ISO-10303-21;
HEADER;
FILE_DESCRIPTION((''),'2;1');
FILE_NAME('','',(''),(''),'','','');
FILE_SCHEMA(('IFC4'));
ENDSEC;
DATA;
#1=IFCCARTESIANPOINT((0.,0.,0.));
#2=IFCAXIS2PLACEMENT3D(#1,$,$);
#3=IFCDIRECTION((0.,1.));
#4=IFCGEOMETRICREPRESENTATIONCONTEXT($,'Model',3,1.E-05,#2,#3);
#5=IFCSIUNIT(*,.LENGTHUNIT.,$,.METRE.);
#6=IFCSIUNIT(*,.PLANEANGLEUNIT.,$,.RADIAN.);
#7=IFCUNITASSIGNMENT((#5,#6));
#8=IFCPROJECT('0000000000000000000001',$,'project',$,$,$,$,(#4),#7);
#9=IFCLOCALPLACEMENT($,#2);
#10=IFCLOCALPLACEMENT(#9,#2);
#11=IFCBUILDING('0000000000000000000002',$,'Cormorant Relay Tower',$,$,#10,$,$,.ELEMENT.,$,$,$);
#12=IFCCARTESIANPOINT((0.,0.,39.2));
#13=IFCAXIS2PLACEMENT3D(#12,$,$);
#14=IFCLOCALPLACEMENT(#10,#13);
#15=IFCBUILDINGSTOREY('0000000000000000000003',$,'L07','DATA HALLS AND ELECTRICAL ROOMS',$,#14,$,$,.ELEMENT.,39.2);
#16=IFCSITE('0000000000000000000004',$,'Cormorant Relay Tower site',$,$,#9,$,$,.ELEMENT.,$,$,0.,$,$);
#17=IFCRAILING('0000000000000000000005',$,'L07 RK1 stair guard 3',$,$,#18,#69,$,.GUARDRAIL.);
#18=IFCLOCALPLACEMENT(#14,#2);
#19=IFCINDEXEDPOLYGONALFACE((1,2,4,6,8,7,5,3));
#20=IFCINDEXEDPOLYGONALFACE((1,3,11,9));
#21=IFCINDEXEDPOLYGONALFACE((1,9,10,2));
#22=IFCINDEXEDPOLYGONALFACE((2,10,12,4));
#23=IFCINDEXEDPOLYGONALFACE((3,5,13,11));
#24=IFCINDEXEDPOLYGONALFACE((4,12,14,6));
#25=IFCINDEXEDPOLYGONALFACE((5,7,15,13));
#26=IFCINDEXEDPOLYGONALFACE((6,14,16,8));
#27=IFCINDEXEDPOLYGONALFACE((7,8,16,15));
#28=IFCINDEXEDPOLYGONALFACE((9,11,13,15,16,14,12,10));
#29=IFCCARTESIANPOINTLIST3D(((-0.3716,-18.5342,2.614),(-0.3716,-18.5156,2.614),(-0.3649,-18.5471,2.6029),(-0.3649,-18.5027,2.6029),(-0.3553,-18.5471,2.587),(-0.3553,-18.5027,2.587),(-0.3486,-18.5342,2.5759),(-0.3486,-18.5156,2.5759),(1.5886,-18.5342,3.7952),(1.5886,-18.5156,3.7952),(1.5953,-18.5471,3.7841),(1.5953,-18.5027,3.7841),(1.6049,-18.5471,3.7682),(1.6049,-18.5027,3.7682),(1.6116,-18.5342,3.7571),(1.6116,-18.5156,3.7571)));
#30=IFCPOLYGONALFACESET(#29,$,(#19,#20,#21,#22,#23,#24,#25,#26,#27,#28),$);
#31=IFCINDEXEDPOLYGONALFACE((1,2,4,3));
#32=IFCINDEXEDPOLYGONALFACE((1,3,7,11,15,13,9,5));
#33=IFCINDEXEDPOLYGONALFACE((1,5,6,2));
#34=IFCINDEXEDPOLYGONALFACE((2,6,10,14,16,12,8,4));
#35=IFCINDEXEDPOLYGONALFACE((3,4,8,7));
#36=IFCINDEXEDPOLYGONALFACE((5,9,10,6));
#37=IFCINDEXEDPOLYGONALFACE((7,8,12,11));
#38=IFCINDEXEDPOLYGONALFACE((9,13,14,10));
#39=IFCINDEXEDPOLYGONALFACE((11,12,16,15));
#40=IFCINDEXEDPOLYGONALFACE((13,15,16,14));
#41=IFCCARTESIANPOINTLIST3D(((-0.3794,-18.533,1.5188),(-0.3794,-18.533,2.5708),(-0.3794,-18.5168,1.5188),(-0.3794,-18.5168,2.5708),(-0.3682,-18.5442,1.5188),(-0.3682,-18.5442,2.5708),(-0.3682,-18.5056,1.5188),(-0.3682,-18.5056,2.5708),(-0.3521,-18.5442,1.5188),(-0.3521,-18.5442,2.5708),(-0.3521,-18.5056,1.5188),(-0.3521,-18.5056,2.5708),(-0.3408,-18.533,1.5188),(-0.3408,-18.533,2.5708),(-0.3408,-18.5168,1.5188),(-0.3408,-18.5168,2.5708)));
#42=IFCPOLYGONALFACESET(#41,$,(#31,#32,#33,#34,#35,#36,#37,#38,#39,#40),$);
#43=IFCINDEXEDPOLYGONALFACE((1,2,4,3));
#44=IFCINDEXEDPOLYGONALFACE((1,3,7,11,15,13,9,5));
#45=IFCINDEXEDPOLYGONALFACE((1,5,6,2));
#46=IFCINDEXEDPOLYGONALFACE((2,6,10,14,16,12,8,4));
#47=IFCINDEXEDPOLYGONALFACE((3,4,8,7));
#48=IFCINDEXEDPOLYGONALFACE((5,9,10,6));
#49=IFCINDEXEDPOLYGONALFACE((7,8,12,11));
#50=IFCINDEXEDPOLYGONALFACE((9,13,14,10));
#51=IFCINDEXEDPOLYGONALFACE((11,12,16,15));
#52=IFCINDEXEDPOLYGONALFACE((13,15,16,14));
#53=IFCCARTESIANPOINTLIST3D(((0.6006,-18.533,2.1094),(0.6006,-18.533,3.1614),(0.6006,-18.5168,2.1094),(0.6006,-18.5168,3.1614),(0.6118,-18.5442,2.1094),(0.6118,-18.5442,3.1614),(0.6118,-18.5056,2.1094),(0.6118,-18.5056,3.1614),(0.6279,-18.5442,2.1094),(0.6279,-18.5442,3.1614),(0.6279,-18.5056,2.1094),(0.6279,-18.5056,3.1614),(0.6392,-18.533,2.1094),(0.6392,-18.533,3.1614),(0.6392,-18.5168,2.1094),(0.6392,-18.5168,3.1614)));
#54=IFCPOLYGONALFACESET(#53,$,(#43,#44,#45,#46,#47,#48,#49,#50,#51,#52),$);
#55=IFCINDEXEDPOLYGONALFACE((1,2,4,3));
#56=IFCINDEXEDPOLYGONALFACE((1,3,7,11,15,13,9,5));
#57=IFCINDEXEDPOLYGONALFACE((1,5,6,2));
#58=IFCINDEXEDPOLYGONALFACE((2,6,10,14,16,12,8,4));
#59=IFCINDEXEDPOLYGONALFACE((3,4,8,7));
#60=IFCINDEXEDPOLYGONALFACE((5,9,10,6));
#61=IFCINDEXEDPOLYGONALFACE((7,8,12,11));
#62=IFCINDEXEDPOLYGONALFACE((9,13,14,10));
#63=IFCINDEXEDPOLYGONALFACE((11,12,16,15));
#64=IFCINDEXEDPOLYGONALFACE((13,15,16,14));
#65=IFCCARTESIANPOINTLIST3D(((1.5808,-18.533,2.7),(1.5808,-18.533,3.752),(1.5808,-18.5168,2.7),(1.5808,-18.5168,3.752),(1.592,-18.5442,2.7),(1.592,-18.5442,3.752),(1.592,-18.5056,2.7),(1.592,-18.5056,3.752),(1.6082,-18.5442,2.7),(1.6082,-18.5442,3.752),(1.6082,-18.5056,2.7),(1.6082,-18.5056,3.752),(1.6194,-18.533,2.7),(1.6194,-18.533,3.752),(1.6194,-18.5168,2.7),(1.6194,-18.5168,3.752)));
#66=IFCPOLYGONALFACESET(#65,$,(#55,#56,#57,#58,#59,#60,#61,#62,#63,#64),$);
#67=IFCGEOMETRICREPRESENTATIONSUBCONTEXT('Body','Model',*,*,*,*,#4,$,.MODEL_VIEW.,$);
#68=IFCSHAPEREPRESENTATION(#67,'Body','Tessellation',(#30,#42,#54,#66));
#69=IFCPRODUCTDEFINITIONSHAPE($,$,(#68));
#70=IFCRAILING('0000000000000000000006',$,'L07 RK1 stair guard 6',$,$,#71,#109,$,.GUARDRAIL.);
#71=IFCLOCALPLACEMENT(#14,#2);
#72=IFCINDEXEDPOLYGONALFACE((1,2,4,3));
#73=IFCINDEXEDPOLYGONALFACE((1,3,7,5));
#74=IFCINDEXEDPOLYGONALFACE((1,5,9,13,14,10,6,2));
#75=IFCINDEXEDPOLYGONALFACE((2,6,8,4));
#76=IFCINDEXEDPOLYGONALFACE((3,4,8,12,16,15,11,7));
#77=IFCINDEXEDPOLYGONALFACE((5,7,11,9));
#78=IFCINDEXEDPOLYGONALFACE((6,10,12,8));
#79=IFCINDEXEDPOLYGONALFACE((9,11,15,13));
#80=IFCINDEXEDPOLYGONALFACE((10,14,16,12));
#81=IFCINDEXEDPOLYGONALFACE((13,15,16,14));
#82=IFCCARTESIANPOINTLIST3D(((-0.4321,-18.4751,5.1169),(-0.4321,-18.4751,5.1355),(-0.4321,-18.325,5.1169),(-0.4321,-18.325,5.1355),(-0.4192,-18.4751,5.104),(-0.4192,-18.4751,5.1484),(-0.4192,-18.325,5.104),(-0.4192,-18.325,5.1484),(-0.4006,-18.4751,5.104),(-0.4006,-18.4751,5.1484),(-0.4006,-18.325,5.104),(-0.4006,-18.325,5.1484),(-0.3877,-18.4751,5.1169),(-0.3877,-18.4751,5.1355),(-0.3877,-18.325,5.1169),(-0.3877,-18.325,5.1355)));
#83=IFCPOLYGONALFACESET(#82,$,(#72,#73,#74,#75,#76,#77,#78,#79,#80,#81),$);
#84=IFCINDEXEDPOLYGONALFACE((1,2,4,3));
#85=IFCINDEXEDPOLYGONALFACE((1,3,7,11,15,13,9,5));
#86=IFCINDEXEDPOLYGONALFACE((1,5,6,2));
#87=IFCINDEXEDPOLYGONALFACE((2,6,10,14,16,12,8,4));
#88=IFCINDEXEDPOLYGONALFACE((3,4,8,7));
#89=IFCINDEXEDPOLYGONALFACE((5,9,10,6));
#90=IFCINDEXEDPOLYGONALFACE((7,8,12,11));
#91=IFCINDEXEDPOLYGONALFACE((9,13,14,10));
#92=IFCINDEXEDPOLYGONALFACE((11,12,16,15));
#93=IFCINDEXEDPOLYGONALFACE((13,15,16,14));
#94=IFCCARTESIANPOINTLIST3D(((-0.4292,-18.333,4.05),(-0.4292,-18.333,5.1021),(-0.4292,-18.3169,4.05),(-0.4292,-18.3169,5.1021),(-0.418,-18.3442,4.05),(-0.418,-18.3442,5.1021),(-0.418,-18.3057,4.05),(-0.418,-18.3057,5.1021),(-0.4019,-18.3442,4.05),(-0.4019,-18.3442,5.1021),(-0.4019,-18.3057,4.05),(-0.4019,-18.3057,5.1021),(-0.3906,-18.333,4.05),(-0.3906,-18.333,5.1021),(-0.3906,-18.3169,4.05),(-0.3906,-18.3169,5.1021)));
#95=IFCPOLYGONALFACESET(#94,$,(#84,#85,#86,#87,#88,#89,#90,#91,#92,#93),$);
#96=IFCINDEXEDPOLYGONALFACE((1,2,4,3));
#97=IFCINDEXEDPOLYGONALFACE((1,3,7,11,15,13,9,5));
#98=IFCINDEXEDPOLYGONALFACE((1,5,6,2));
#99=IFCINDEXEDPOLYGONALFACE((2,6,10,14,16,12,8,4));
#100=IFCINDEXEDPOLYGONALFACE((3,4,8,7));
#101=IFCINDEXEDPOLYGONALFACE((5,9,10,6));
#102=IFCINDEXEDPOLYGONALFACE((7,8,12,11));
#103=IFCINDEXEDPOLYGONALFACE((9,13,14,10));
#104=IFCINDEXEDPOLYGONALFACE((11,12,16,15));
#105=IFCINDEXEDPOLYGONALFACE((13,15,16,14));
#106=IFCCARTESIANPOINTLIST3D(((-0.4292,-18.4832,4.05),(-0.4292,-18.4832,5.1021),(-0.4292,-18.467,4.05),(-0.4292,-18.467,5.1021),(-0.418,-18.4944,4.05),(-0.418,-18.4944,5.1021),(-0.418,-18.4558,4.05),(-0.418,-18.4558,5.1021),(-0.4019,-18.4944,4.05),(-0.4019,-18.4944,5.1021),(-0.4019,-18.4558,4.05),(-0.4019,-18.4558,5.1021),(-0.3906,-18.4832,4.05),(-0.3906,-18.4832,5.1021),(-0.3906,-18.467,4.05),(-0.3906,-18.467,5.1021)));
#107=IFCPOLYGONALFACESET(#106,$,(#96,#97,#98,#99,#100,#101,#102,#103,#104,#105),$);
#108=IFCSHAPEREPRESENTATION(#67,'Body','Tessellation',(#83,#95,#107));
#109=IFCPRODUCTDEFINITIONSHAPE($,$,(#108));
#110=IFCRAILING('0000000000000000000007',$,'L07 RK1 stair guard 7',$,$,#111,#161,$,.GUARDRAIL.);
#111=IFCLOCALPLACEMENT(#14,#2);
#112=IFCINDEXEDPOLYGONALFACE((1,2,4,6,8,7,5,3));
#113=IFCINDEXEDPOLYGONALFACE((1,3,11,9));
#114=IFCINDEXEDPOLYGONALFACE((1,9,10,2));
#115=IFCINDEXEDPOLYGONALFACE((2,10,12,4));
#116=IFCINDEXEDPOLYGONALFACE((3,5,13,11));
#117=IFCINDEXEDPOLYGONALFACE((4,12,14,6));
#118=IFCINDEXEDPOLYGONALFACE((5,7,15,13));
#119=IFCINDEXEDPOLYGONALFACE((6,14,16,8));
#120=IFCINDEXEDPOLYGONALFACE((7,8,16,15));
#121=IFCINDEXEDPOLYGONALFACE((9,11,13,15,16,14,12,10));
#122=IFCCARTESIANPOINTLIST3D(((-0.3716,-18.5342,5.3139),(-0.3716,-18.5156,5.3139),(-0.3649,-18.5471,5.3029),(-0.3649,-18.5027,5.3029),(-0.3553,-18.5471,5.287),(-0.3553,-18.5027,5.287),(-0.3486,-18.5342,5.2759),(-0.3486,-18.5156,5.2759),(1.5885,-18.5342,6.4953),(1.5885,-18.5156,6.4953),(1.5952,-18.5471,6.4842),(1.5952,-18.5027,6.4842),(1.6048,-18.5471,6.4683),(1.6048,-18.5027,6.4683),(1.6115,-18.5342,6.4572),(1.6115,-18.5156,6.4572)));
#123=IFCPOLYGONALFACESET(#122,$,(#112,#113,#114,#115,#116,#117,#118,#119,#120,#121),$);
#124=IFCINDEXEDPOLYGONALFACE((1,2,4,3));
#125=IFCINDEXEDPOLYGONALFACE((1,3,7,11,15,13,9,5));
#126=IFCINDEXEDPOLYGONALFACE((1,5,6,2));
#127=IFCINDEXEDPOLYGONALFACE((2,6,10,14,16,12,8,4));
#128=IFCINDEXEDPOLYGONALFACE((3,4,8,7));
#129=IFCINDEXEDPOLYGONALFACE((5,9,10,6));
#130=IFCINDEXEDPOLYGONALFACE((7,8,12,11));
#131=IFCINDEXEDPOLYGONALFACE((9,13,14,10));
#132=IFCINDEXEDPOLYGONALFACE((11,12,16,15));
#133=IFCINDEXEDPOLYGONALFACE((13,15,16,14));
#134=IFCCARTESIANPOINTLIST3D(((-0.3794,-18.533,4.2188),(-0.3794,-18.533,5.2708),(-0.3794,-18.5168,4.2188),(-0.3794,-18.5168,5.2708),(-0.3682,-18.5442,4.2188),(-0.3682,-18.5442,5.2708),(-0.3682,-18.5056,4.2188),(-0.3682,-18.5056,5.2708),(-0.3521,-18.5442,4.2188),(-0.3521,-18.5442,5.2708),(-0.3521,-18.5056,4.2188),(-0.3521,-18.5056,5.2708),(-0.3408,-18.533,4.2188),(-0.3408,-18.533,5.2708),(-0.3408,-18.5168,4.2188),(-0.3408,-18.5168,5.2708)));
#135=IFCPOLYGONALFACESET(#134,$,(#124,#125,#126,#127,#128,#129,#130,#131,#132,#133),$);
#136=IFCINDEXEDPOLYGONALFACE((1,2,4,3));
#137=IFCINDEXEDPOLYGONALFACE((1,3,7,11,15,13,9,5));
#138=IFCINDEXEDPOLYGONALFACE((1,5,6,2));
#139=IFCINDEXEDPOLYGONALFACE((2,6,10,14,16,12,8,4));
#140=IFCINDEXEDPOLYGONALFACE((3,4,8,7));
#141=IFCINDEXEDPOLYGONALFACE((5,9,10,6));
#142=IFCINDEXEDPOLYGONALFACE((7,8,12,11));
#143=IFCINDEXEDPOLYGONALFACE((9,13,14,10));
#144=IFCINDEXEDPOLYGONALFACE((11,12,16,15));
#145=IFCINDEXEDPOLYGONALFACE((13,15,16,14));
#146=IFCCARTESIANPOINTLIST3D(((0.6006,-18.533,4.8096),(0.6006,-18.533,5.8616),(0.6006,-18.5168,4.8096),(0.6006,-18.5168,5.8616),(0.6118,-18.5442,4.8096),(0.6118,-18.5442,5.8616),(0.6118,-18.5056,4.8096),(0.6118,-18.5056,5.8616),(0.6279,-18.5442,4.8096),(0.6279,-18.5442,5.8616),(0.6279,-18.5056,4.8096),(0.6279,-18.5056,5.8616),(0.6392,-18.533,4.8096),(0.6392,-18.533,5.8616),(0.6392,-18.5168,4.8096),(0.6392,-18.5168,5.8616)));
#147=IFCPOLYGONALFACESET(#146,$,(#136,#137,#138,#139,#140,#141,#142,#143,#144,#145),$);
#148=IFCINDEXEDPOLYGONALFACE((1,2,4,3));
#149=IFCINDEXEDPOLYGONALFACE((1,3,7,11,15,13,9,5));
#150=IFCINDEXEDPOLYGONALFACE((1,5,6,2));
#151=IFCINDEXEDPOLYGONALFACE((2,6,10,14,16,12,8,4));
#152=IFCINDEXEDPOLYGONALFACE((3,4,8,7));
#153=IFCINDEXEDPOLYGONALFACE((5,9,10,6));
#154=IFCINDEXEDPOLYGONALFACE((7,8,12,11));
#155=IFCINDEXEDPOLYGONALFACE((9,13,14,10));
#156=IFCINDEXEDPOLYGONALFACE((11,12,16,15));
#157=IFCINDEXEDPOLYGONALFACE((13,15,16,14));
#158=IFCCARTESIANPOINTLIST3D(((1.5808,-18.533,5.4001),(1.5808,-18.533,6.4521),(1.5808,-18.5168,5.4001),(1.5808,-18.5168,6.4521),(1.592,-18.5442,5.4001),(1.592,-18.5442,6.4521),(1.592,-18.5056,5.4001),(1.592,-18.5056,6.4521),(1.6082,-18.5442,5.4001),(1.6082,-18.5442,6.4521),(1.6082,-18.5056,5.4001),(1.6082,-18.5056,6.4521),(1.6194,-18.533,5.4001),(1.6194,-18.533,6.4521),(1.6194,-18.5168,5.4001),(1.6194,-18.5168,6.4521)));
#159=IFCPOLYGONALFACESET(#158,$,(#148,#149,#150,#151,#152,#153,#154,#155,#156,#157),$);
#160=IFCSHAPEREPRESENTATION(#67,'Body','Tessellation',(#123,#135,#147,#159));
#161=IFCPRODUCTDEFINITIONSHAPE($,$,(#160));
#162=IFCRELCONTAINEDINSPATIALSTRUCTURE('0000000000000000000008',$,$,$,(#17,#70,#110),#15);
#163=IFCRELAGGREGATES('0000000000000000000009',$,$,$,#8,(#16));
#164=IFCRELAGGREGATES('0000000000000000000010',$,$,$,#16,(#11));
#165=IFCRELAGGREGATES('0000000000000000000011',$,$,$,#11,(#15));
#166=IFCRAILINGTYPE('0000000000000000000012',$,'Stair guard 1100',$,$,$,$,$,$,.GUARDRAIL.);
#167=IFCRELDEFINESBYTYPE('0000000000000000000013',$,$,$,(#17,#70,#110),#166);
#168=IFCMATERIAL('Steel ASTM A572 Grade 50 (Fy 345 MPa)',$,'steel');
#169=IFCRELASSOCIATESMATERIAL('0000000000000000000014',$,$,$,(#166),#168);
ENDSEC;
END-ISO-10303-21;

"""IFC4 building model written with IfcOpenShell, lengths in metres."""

from ifc_helpers import new_model, si_unit, direction, frame, origin, place, context, subcontext, project, spatial, polyline, outline, extrude, material, type_object, element, save


model = new_model("IFC4")

# Units and contexts
model_context = context("Model", 3, precision=1e-05, world=origin(), true_north=direction((0.0, 1.0)))
body_context = subcontext(model_context, "Body", "Model", "MODEL_VIEW")
ifc_project = project(units=[si_unit("LENGTHUNIT", "METRE"), si_unit("PLANEANGLEUNIT", "RADIAN")], contexts=[model_context])

# Site, building, storey
site_placement = place(None, origin())
site = spatial("IfcSite", under=ifc_project, at=site_placement, Name="Cormorant Relay Tower site", CompositionType="ELEMENT", RefElevation=0.0)
building_placement = place(site_placement, origin())
building = spatial("IfcBuilding", under=site, at=building_placement, Name="Cormorant Relay Tower", CompositionType="ELEMENT")
storey_placement = place(building_placement, frame((0.0, 0.0, 39.2)))
storey = spatial("IfcBuildingStorey", under=building, at=storey_placement, Name="L07", Description="DATA HALLS AND ELECTRICAL ROOMS", CompositionType="ELEMENT", Elevation=39.2)

# Railings
ifc_material_1 = material(Name="Steel ASTM A572 Grade 50 (Fy 345 MPa)", Category="steel")
railing_type_1 = type_object("IfcRailingType", Name="Stair guard 1100", PredefinedType="GUARDRAIL", material=ifc_material_1)
railing_1_placement = place(storey_placement, frame((-0.3601, -18.5249, 1.5188)))
element("IfcRailing", 1, at=railing_1_placement, inside=storey, type_object=railing_type_1, Name="L07 RK1 stair guard 3", PredefinedType="GUARDRAIL", context=body_context, shape_type="SweptSolid", body=[
    extrude(outline(polyline([(0.0222, 0.0093), (0.0093, 0.0222), (-0.0093, 0.0222), (-0.0222, 0.0093), (-0.0222, -0.0093), (-0.0093, -0.0222), (0.0093, -0.0222), (0.0222, -0.0093), (0.0222, 0.0093)])), frame((0.0, 0.0, 1.0762), z_axis=(0.856522, 0.0, 0.516111), x_axis=(0.0, 1.0, 0.0)), (0.0, 0.0, 1.0), 2.2886),
    extrude(outline(polyline([(0.0193, 0.0081), (0.0081, 0.0193), (-0.0081, 0.0193), (-0.0193, 0.0081), (-0.0193, -0.0081), (-0.0081, -0.0193), (0.0081, -0.0193), (0.0193, -0.0081), (0.0193, 0.0081)])), origin(), (0.0, 0.0, 1.0), 1.052),
    extrude(outline(polyline([(0.0193, 0.0081), (0.0081, 0.0193), (-0.0081, 0.0193), (-0.0193, 0.0081), (-0.0193, -0.0081), (-0.0081, -0.0193), (0.0081, -0.0193), (0.0193, -0.0081), (0.0193, 0.0081)])), frame((0.98, 0.0, 0.5906)), (0.0, 0.0, 1.0), 1.052),
    extrude(outline(polyline([(0.0193, 0.0081), (0.0081, 0.0193), (-0.0081, 0.0193), (-0.0193, 0.0081), (-0.0193, -0.0081), (-0.0081, -0.0193), (0.0081, -0.0193), (0.0193, -0.0081), (0.0193, 0.0081)])), frame((1.9602, 0.0, 1.1812)), (0.0, 0.0, 1.0), 1.052),
])
railing_2_placement = place(storey_placement, frame((-0.4099, -18.325, 4.05)))
element("IfcRailing", 2, at=railing_2_placement, inside=storey, type_object=railing_type_1, Name="L07 RK1 stair guard 6", PredefinedType="GUARDRAIL", context=body_context, shape_type="SweptSolid", body=[
    extrude(outline(polyline([(0.0222, 0.0093), (0.0093, 0.0222), (-0.0093, 0.0222), (-0.0222, 0.0093), (-0.0222, -0.0093), (-0.0093, -0.0222), (0.0093, -0.0222), (0.0222, -0.0093), (0.0222, 0.0093)])), frame((0.0, 0.0, 1.0762), z_axis=(0.0, -1.0, 0.0), x_axis=(1.0, 0.0, 0.0)), (0.0, 0.0, 1.0), 0.1501),
    extrude(outline(polyline([(0.0193, 0.0081), (0.0081, 0.0193), (-0.0081, 0.0193), (-0.0193, 0.0081), (-0.0193, -0.0081), (-0.0081, -0.0193), (0.0081, -0.0193), (0.0193, -0.0081), (0.0193, 0.0081)])), origin(), (0.0, 0.0, 1.0), 1.052),
    extrude(outline(polyline([(0.0193, 0.0081), (0.0081, 0.0193), (-0.0081, 0.0193), (-0.0193, 0.0081), (-0.0193, -0.0081), (-0.0081, -0.0193), (0.0081, -0.0193), (0.0193, -0.0081), (0.0193, 0.0081)])), frame((0.0, -0.1501, 0.0)), (0.0, 0.0, 1.0), 1.052),
])
railing_3_placement = place(storey_placement, frame((-0.3601, -18.5249, 4.2188)))
element("IfcRailing", 3, at=railing_3_placement, inside=storey, type_object=railing_type_1, Name="L07 RK1 stair guard 7", PredefinedType="GUARDRAIL", context=body_context, shape_type="SweptSolid", body=[
    extrude(outline(polyline([(0.0222, 0.0093), (0.0093, 0.0222), (-0.0093, 0.0222), (-0.0222, 0.0093), (-0.0222, -0.0093), (-0.0093, -0.0222), (0.0093, -0.0222), (0.0222, -0.0093), (0.0222, 0.0093)])), frame((0.0, 0.0, 1.0762), z_axis=(0.856475, 0.0, 0.516189), x_axis=(0.0, 1.0, 0.0)), (0.0, 0.0, 1.0), 2.2886),
    extrude(outline(polyline([(0.0193, 0.0081), (0.0081, 0.0193), (-0.0081, 0.0193), (-0.0193, 0.0081), (-0.0193, -0.0081), (-0.0081, -0.0193), (0.0081, -0.0193), (0.0193, -0.0081), (0.0193, 0.0081)])), origin(), (0.0, 0.0, 1.0), 1.052),
    extrude(outline(polyline([(0.0193, 0.0081), (0.0081, 0.0193), (-0.0081, 0.0193), (-0.0193, 0.0081), (-0.0193, -0.0081), (-0.0081, -0.0193), (0.0081, -0.0193), (0.0193, -0.0081), (0.0193, 0.0081)])), frame((0.98, 0.0, 0.5908)), (0.0, 0.0, 1.0), 1.052),
    extrude(outline(polyline([(0.0193, 0.0081), (0.0081, 0.0193), (-0.0081, 0.0193), (-0.0193, 0.0081), (-0.0193, -0.0081), (-0.0081, -0.0193), (0.0081, -0.0193), (0.0193, -0.0081), (0.0193, 0.0081)])), frame((1.9602, 0.0, 1.1814)), (0.0, 0.0, 1.0), 1.052),
])

save(model, "model.ifc")
